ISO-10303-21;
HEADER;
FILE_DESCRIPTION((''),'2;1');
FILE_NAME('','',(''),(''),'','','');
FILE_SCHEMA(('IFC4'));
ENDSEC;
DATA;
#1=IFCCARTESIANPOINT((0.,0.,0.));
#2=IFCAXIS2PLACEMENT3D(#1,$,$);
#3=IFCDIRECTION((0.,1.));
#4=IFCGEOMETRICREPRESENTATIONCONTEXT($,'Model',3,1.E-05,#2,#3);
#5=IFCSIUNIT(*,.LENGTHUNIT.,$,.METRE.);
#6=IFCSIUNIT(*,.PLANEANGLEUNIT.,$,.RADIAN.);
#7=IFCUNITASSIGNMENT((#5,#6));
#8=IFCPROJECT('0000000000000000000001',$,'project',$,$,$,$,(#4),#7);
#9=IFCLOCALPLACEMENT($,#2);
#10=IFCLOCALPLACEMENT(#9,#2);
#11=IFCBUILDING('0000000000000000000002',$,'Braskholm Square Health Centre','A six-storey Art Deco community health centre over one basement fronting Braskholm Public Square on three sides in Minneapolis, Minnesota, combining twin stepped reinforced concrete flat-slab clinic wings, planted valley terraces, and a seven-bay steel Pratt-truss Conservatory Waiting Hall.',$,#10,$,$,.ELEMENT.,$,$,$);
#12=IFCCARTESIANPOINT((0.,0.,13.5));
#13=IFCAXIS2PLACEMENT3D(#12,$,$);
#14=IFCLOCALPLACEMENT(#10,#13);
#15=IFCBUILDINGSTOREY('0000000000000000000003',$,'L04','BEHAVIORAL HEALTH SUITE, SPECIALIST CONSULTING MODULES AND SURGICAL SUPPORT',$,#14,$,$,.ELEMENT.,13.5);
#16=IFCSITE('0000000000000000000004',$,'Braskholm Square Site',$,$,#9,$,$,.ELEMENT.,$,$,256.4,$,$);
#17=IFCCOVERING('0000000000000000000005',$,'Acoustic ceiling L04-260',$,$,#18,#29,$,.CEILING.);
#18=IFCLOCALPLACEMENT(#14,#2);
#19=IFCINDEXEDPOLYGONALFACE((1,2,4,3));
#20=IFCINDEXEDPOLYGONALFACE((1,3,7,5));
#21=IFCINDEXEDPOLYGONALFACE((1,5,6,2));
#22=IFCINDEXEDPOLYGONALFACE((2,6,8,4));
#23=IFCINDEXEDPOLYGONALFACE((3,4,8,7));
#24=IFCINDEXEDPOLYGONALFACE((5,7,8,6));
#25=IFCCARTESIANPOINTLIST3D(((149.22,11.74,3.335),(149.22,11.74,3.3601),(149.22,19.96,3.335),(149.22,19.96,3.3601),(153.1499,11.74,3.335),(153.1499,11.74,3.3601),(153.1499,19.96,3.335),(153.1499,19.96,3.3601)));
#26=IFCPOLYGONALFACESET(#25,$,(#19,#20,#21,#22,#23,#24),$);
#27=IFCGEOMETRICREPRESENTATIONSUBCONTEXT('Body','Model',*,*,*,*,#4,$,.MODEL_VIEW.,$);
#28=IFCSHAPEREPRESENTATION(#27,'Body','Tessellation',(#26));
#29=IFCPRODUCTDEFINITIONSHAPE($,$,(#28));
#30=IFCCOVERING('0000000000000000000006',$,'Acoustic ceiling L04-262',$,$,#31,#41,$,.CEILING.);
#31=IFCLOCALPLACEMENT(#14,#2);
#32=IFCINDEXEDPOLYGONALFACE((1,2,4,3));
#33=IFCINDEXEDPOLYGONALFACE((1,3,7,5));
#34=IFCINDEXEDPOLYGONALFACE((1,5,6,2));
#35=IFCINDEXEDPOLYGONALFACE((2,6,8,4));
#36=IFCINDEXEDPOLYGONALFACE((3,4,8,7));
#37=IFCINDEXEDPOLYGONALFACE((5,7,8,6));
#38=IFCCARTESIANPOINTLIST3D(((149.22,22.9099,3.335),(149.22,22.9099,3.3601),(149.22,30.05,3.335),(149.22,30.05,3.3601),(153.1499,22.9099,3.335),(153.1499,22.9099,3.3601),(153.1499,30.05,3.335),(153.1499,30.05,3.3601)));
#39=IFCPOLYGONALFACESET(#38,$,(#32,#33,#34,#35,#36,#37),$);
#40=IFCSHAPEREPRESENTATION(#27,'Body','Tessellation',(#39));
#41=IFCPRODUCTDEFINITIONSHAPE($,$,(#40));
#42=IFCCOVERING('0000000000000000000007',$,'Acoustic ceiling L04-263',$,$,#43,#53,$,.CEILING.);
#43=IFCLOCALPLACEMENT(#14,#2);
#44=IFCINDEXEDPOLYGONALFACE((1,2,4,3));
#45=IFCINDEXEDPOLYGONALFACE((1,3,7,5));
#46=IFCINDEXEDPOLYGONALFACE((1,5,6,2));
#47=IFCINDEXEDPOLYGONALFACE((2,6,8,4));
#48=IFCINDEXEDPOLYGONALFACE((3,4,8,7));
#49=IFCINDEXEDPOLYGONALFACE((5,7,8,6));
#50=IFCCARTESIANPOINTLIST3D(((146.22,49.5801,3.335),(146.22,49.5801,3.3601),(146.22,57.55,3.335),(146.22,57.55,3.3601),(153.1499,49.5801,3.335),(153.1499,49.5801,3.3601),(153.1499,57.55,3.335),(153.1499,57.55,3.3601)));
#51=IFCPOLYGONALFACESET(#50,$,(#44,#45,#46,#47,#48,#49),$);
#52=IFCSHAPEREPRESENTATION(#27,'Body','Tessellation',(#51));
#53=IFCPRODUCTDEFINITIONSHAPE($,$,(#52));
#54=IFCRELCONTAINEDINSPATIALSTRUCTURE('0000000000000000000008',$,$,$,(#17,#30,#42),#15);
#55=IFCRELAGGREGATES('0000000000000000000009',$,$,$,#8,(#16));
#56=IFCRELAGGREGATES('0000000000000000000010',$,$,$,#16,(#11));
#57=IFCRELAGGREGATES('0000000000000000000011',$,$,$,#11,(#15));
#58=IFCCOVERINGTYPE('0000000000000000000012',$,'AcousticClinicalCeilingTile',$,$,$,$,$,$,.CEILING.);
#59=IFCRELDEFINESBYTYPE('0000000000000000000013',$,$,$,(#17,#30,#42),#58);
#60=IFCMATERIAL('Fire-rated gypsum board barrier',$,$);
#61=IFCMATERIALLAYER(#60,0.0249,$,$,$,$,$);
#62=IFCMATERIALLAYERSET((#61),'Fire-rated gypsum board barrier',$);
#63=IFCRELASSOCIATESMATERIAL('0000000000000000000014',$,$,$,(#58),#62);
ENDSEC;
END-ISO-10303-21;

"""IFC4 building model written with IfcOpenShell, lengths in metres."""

from ifc_helpers import new_model, si_unit, direction, frame, origin, place, context, subcontext, project, spatial, polyline, outline, extrude, material, layer, layer_set, type_object, element, save


model = new_model("IFC4")

# Units and contexts
model_context = context("Model", 3, precision=1e-05, world=origin(), true_north=direction((0.0, 1.0)))
body_context = subcontext(model_context, "Body", "Model", "MODEL_VIEW")
ifc_project = project(units=[si_unit("LENGTHUNIT", "METRE"), si_unit("PLANEANGLEUNIT", "RADIAN")], contexts=[model_context])

# Site, building, storey
site_placement = place(None, origin())
site = spatial("IfcSite", under=ifc_project, at=site_placement, Name="Braskholm Square Site", CompositionType="ELEMENT", RefElevation=256.4)
building_placement = place(site_placement, origin())
building = spatial("IfcBuilding", under=site, at=building_placement, Name="Braskholm Square Health Centre", Description="A six-storey Art Deco community health centre over one basement fronting Braskholm Public Square on three sides in Minneapolis, Minnesota, combining twin stepped reinforced concrete flat-slab clinic wings, planted valley terraces, and a seven-bay steel Pratt-truss Conservatory Waiting Hall.", CompositionType="ELEMENT")
storey_placement = place(building_placement, frame((0.0, 0.0, 13.5)))
storey = spatial("IfcBuildingStorey", under=building, at=storey_placement, Name="L04", Description="BEHAVIORAL HEALTH SUITE, SPECIALIST CONSULTING MODULES AND SURGICAL SUPPORT", CompositionType="ELEMENT", Elevation=13.5)

# Coverings
ifc_material = material(Name="Fire-rated gypsum board barrier")
ifc_layer = layer(ifc_material, 0.0249)
ifc_layer_set = layer_set([ifc_layer], Name="Fire-rated gypsum board barrier")
covering_type = type_object("IfcCoveringType", Name="AcousticClinicalCeilingTile", PredefinedType="CEILING", material=ifc_layer_set)
covering_1_placement = place(storey_placement, frame((0.0, 0.0, 3.335)))
element("IfcCovering", 1, at=covering_1_placement, inside=storey, type_object=covering_type, Name="Acoustic ceiling L04-260", PredefinedType="CEILING", context=body_context, shape_type="SweptSolid", body=[
    extrude(outline(polyline([(149.22, 11.74), (153.1499, 11.74), (153.1499, 19.96), (149.22, 19.96), (149.22, 11.74)])), origin(), (0.0, 0.0, 1.0), 0.0251),
])
covering_2_placement = place(storey_placement, frame((0.0, 0.0, 3.335)))
element("IfcCovering", 2, at=covering_2_placement, inside=storey, type_object=covering_type, Name="Acoustic ceiling L04-262", PredefinedType="CEILING", context=body_context, shape_type="SweptSolid", body=[
    extrude(outline(polyline([(149.22, 22.9099), (153.1499, 22.9099), (153.1499, 30.05), (149.22, 30.05), (149.22, 22.9099)])), origin(), (0.0, 0.0, 1.0), 0.0251),
])
covering_3_placement = place(storey_placement, frame((0.0, 0.0, 3.335)))
element("IfcCovering", 3, at=covering_3_placement, inside=storey, type_object=covering_type, Name="Acoustic ceiling L04-263", PredefinedType="CEILING", context=body_context, shape_type="SweptSolid", body=[
    extrude(outline(polyline([(146.22, 49.5801), (153.1499, 49.5801), (153.1499, 57.55), (146.22, 57.55), (146.22, 49.5801)])), origin(), (0.0, 0.0, 1.0), 0.0251),
])

save(model, "model.ifc")
